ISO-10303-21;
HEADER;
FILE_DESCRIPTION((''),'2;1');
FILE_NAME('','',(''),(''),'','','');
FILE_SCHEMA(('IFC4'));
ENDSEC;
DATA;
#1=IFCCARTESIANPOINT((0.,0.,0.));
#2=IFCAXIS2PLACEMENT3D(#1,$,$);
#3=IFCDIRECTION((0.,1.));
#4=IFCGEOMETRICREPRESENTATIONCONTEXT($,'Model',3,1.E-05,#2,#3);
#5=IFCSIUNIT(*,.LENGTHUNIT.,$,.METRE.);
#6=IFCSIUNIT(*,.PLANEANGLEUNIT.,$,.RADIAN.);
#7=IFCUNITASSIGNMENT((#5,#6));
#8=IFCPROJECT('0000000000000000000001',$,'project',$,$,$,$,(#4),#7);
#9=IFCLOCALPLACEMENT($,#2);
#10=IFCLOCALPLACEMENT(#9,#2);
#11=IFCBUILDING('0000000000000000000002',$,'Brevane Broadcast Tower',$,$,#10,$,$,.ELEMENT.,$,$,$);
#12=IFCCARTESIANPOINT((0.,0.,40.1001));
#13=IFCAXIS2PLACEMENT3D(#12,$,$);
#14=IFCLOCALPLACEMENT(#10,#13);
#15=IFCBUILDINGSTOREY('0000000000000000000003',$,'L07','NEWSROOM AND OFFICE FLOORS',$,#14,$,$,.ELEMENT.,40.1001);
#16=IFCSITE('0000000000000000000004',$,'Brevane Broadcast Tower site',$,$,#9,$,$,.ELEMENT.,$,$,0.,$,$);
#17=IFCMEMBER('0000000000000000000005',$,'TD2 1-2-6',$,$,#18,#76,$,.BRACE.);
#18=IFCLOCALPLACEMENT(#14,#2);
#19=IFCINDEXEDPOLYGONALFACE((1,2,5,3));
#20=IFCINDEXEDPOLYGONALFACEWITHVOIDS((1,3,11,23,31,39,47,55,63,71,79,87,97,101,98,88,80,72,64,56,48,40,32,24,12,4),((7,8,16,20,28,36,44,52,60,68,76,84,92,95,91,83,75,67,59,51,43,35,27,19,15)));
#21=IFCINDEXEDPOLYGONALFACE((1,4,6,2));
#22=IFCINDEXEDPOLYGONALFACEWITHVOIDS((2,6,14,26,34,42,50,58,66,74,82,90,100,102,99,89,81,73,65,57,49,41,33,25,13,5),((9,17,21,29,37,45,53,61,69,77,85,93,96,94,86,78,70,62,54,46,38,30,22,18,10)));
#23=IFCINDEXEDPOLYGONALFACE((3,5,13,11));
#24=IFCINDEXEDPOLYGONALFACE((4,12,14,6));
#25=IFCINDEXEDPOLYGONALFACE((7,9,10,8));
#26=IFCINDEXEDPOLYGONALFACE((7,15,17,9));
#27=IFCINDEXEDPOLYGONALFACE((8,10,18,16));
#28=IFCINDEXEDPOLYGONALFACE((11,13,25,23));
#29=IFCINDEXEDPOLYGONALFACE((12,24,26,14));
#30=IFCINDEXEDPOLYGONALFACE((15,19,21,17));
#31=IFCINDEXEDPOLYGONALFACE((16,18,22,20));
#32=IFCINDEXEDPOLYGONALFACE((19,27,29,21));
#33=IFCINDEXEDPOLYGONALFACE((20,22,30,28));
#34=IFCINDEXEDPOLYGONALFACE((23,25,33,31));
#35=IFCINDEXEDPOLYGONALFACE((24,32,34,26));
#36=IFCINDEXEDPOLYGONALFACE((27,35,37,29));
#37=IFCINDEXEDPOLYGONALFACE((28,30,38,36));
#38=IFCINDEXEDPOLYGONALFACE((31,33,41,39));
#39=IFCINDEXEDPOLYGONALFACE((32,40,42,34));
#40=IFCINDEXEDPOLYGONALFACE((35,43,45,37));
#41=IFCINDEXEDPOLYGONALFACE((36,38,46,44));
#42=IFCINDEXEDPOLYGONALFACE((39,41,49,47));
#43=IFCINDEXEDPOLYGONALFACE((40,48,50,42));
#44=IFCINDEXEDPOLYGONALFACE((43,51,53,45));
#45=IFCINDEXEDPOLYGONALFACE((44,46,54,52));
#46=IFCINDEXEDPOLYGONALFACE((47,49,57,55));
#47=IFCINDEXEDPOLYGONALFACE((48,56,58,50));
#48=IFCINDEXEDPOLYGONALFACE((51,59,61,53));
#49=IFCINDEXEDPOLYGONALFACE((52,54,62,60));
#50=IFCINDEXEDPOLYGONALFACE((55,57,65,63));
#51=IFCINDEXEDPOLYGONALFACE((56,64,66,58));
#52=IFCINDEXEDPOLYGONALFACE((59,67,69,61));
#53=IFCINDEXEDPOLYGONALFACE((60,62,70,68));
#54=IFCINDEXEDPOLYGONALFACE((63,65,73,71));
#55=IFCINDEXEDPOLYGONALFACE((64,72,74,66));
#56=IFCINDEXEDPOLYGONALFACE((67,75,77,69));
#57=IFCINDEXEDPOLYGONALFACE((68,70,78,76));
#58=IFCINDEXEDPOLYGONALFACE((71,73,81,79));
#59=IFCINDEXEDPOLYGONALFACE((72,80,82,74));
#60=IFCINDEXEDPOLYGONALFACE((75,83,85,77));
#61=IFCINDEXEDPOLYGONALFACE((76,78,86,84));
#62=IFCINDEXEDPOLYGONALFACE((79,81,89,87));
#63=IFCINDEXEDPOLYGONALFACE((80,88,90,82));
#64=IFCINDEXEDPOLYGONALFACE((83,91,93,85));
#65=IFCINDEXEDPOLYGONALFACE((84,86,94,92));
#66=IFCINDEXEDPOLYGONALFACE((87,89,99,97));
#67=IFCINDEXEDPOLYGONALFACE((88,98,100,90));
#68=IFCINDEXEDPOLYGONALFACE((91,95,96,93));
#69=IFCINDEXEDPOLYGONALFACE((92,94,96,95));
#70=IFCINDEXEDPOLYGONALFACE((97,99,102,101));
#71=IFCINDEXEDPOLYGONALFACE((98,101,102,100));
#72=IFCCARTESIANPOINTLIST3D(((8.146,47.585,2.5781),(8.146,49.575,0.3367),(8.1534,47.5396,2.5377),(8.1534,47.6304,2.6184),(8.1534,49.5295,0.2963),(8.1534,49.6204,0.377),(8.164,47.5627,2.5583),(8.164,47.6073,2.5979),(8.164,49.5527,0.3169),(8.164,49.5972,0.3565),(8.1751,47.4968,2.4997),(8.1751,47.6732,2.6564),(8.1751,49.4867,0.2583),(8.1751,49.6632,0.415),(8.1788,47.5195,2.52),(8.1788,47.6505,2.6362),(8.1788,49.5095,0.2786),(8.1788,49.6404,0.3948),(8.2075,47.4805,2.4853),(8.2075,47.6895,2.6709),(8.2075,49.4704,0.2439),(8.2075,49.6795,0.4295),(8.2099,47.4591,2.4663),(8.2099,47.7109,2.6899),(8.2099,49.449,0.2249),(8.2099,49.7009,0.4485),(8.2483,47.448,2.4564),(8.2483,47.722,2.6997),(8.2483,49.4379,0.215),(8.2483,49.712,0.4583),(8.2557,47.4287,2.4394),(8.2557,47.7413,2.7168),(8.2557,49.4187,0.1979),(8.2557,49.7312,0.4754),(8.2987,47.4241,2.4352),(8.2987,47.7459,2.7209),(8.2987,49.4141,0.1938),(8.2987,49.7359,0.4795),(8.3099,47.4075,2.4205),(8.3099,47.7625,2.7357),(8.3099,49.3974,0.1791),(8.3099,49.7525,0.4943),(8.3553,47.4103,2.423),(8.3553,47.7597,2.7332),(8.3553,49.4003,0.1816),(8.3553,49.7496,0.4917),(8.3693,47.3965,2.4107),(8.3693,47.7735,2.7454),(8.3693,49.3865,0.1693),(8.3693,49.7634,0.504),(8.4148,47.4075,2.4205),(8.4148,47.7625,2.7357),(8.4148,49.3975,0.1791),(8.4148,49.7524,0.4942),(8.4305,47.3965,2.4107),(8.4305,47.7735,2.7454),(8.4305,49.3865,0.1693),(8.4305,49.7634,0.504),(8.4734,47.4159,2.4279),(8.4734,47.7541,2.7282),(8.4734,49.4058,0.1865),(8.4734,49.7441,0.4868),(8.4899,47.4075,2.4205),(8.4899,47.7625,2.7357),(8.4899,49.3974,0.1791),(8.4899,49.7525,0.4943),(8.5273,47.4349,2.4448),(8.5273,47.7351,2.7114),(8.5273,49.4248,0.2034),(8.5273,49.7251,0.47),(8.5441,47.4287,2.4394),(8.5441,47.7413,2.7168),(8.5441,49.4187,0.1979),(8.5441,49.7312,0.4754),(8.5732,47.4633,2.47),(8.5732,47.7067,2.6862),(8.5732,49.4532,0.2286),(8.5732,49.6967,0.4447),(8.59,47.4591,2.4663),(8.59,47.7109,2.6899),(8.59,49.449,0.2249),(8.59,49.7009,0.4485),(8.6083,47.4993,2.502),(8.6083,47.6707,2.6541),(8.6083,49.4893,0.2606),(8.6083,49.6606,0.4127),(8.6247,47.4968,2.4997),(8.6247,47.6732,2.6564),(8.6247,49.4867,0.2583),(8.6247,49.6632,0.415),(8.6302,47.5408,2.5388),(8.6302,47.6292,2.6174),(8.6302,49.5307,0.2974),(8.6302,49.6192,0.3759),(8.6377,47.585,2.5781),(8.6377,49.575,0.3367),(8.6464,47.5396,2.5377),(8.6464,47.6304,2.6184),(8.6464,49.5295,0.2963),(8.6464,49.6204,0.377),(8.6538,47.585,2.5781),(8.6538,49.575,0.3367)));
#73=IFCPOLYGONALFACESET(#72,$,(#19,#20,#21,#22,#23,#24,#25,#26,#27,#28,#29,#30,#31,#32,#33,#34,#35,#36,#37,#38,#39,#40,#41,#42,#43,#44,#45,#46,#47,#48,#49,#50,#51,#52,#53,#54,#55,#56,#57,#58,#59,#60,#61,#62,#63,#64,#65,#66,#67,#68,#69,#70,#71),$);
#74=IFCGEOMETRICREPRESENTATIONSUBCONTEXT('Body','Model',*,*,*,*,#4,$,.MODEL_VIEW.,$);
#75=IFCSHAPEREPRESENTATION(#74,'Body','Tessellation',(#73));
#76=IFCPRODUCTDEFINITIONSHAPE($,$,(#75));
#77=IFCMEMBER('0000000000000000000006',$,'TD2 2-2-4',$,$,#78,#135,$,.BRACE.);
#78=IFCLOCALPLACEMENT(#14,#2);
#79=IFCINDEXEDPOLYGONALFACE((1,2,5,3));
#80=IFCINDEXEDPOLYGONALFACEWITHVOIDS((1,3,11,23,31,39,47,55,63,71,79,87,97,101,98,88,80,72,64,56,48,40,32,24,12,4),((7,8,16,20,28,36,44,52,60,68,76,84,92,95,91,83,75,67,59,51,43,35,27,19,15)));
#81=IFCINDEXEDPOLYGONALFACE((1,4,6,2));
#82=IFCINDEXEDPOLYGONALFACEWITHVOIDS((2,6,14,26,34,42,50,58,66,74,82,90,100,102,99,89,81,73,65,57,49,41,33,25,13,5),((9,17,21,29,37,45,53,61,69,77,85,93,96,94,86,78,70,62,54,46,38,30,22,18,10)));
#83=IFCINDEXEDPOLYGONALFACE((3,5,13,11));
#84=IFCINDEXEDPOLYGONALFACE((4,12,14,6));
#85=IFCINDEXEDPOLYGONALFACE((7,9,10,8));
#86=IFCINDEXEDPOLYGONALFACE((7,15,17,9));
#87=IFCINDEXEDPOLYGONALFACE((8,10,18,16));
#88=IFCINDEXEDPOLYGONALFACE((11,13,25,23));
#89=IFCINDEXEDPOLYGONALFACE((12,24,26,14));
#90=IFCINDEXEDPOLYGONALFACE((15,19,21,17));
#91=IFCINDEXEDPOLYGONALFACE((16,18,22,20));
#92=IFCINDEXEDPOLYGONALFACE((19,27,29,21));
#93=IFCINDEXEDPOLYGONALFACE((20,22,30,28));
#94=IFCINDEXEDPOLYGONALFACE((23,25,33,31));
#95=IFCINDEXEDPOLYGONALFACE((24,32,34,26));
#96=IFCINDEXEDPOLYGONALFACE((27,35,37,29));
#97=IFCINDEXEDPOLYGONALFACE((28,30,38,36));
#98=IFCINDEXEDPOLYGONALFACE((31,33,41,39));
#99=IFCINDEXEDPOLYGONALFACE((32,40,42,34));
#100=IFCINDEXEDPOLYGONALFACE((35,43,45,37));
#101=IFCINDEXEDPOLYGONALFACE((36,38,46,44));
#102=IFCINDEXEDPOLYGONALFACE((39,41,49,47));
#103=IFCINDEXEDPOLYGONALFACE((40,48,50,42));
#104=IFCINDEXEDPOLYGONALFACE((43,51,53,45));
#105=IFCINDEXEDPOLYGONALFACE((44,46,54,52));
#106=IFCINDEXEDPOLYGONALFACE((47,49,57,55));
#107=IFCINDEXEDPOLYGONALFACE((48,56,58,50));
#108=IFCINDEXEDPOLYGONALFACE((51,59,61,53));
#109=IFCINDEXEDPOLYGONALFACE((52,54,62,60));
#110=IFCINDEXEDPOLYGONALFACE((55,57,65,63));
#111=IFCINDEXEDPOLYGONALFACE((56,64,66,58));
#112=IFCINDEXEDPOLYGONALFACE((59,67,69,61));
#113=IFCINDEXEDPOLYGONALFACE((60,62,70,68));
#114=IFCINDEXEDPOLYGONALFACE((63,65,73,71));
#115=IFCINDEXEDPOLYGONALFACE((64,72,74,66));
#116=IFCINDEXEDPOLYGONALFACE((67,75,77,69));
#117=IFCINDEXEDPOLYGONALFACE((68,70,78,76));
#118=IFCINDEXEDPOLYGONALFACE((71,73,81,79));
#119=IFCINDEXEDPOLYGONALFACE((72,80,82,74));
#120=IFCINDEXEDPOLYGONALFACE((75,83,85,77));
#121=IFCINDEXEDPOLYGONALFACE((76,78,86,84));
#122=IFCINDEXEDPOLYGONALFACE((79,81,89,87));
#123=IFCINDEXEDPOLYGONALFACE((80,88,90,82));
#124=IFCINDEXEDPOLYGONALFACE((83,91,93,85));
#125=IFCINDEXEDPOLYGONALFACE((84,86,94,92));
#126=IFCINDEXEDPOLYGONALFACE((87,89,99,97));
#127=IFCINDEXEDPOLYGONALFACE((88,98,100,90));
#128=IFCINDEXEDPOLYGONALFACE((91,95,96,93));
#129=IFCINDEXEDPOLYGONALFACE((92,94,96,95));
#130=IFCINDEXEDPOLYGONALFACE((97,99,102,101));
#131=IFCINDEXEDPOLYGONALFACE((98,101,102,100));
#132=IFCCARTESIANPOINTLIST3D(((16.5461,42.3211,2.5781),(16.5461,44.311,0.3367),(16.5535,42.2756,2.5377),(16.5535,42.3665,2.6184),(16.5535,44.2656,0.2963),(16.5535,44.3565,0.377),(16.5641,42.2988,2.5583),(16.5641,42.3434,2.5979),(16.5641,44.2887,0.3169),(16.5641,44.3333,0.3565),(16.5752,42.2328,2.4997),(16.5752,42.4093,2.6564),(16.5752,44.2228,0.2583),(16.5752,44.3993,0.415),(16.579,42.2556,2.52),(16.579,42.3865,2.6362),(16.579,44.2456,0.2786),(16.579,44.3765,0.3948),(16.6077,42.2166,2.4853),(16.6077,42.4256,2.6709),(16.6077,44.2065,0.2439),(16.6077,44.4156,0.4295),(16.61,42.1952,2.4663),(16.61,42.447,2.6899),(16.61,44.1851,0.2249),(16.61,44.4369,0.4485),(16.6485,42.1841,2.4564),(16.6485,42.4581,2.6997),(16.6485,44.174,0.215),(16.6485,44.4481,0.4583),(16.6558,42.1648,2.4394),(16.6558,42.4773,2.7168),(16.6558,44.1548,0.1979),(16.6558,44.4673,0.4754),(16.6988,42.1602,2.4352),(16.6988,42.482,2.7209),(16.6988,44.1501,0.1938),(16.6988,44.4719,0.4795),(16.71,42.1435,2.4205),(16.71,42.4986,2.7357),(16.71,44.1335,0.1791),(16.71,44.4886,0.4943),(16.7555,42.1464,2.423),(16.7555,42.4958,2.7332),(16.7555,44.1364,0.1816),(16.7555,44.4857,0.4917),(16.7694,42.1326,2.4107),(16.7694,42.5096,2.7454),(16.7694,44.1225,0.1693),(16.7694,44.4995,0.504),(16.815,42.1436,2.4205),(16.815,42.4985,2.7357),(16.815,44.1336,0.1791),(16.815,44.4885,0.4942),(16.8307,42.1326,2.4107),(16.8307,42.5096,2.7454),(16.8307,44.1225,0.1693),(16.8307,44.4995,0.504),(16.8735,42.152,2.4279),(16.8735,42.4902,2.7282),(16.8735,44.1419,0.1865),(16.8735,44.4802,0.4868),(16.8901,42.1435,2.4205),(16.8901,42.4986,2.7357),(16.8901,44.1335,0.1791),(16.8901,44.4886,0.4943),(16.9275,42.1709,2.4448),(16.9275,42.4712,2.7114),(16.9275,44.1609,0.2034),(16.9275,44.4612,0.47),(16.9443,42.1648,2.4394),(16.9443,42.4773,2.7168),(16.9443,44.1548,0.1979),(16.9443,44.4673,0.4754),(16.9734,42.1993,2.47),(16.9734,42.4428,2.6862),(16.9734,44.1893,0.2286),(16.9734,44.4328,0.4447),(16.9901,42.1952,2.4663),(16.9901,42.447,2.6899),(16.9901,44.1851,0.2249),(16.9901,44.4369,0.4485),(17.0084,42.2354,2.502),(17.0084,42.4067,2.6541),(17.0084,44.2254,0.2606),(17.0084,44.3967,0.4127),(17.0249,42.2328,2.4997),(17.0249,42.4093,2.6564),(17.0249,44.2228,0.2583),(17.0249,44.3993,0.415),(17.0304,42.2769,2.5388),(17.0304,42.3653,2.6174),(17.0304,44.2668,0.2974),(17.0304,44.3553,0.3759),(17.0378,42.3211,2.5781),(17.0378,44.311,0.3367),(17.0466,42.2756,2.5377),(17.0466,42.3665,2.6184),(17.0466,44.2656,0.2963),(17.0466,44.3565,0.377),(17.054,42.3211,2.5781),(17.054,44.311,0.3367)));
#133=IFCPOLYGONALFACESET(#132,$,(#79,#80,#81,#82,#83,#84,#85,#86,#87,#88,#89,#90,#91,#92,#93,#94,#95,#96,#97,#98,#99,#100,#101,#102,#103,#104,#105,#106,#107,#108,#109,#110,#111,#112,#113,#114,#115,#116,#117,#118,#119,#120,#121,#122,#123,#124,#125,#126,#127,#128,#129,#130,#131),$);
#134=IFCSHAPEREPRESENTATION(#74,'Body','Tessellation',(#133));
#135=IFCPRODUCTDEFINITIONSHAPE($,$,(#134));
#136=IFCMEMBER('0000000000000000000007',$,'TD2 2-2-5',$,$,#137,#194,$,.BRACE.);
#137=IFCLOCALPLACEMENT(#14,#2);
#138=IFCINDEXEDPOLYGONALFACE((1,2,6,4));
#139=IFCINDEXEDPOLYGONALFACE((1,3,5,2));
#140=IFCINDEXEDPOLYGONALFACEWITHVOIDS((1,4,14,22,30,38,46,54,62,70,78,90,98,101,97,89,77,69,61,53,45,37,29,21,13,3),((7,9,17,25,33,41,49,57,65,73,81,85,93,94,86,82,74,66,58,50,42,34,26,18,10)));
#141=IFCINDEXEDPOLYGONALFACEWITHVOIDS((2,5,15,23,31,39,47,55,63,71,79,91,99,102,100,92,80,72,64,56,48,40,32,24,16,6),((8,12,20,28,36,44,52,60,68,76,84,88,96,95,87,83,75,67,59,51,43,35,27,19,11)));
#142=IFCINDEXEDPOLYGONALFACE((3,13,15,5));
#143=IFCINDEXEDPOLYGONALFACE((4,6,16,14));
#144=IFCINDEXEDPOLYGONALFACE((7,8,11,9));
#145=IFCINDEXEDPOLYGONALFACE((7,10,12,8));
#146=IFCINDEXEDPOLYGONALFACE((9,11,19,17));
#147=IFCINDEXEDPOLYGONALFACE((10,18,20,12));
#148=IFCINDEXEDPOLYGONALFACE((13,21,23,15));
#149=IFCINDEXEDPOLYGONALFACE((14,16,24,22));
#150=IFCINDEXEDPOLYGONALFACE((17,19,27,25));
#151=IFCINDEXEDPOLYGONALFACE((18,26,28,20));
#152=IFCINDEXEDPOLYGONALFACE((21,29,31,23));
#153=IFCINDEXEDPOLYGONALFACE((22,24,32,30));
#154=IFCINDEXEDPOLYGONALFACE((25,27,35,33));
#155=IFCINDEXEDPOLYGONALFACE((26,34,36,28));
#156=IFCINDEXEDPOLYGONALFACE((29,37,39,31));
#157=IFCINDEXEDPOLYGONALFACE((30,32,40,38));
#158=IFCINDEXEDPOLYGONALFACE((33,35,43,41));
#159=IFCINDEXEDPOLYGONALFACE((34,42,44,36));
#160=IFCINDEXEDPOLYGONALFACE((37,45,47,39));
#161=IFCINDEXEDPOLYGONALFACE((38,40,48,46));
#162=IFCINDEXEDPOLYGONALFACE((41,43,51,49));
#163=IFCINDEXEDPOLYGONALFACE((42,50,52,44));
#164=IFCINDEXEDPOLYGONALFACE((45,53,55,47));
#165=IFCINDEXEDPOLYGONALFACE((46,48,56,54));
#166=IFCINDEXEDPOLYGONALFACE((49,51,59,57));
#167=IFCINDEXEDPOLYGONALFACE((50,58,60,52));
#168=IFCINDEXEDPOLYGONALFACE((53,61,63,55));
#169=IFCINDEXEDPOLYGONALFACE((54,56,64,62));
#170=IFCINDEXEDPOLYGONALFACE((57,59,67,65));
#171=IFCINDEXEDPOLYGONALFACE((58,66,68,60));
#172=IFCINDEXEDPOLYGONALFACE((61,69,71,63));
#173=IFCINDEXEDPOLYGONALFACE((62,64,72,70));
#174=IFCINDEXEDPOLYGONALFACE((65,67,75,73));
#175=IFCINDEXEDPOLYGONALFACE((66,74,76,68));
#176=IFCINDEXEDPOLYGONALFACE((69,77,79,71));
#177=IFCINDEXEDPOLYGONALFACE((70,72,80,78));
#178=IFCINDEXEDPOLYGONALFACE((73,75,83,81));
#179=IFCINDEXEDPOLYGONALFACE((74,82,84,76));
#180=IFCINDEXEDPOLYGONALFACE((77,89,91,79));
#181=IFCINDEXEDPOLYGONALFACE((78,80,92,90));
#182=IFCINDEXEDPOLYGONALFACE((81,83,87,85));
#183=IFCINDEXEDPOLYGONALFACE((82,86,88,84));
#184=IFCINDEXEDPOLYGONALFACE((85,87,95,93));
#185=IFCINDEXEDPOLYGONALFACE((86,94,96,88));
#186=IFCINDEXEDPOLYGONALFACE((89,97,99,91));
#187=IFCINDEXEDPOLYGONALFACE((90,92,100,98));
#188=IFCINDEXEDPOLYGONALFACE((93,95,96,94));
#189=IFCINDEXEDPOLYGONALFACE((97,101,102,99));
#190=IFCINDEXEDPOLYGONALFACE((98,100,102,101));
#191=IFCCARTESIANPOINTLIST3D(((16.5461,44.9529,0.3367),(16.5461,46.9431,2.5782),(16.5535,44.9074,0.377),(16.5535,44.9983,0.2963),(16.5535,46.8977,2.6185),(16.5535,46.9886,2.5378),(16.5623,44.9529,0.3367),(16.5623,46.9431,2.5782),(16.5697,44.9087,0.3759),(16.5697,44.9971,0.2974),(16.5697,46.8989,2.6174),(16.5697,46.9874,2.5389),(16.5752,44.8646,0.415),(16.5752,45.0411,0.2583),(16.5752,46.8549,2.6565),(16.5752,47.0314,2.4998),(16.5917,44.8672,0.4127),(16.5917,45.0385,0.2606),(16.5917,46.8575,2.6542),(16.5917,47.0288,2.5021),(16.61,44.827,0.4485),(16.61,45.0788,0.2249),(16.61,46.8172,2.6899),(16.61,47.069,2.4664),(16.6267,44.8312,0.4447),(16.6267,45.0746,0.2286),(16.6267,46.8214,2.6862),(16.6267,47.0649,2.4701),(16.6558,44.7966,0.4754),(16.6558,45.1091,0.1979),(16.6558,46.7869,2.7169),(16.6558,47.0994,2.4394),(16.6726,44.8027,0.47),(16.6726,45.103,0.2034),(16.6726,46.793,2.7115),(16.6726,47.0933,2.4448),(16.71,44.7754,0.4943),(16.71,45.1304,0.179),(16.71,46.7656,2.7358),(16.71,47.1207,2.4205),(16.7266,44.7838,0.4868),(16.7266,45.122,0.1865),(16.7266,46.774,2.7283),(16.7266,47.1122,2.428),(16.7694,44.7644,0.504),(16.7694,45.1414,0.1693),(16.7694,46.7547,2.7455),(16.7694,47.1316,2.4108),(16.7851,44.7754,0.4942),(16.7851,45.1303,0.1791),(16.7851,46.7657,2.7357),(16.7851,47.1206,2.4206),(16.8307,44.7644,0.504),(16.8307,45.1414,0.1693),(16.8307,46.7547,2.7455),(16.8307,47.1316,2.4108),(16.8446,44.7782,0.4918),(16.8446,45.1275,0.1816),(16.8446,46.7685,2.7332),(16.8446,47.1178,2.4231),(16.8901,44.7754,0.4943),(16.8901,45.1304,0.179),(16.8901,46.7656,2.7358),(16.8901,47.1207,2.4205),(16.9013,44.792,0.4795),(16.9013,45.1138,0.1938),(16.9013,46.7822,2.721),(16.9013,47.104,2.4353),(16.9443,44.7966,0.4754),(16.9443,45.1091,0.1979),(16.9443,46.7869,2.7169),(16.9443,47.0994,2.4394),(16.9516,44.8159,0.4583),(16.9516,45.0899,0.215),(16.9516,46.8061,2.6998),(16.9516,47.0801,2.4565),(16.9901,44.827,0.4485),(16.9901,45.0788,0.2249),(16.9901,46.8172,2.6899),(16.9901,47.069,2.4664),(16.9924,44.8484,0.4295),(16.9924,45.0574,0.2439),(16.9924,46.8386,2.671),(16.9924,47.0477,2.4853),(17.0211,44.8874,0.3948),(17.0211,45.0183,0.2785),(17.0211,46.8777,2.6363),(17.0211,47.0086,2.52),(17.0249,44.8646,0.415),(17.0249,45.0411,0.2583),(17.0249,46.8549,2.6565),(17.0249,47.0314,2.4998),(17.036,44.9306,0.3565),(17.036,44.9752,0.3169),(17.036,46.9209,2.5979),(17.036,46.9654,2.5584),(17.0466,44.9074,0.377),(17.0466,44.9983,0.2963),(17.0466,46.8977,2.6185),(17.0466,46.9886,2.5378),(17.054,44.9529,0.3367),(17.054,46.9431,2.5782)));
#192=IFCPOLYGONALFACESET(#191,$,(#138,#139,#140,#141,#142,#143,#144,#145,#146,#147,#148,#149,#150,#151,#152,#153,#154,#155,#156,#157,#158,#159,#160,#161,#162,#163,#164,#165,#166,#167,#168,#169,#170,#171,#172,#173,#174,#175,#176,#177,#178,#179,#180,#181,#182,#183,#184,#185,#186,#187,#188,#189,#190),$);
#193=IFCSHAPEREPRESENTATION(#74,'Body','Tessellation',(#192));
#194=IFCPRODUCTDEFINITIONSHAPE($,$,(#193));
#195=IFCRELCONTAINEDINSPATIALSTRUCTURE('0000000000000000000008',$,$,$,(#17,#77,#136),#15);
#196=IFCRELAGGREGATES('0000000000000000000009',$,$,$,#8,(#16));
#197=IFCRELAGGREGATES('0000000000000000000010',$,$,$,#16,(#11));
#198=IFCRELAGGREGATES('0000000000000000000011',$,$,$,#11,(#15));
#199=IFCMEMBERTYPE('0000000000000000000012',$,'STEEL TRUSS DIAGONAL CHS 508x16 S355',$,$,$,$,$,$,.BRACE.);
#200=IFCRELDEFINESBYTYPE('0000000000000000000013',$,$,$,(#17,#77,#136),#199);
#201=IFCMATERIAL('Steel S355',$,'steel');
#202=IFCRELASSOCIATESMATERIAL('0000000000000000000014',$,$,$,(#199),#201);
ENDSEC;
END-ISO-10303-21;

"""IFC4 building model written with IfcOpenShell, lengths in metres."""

from ifc_helpers import new_model, si_unit, direction, frame, origin, origin_2d, place, context, subcontext, project, spatial, hollow_circle, extrude, material, material_profile, profile_set, type_object, element, save


model = new_model("IFC4")

# Units and contexts
model_context = context("Model", 3, precision=1e-05, world=origin(), true_north=direction((0.0, 1.0)))
body_context = subcontext(model_context, "Body", "Model", "MODEL_VIEW")
ifc_project = project(units=[si_unit("LENGTHUNIT", "METRE"), si_unit("PLANEANGLEUNIT", "RADIAN")], contexts=[model_context])

# Site, building, storey
site_placement = place(None, origin())
site = spatial("IfcSite", under=ifc_project, at=site_placement, Name="Brevane Broadcast Tower site", CompositionType="ELEMENT", RefElevation=0.0)
building_placement = place(site_placement, origin())
building = spatial("IfcBuilding", under=site, at=building_placement, Name="Brevane Broadcast Tower", CompositionType="ELEMENT")
storey_placement = place(building_placement, frame((0.0, 0.0, 40.1001)))
storey = spatial("IfcBuildingStorey", under=building, at=storey_placement, Name="L07", Description="NEWSROOM AND OFFICE FLOORS", CompositionType="ELEMENT", Elevation=40.1001)

# Shared definitions
ifc_material_1 = material(Name="Steel S355", Category="steel")

# Members
ifc_material_profile_1 = material_profile(ifc_material_1, hollow_circle(Radius=0.2539, WallThickness=0.0161, at=origin_2d()), Name="CHS 508x16")
ifc_profile_set_1 = profile_set([ifc_material_profile_1], Name="Steel S355")
member_type_1 = type_object("IfcMemberType", Name="STEEL TRUSS DIAGONAL CHS 508x16 S355", PredefinedType="BRACE", material=ifc_profile_set_1)
for number, where, z_axis, x_axis, name in (
    (1, (8.3999, 49.575, 0.3367), (0.0, -0.663914, 0.747809), (1.0, 0.0, 0.0), "TD2 1-2-6"),
    (2, (16.8, 44.311, 0.3367), (0.0, -0.663914, 0.747809), (1.0, 0.0, 0.0), "TD2 2-2-4"),
):
    element("IfcMember", number, at=place(storey_placement, frame(where, z_axis=z_axis, x_axis=x_axis)), inside=storey, type_object=member_type_1, Name=name, PredefinedType="BRACE", context=body_context, shape_type="SweptSolid", body=[
        extrude(hollow_circle(Radius=0.2539, WallThickness=0.0161, at=origin_2d()), origin(), (0.0, 0.0, 1.0), 2.9973),
    ])
member_1_placement = place(storey_placement, frame((16.8, 44.9529, 0.3367), z_axis=(0.0, 0.663959, 0.747769), x_axis=(-1.0, 0.0, 0.0)))
element("IfcMember", 3, at=member_1_placement, inside=storey, type_object=member_type_1, Name="TD2 2-2-5", PredefinedType="BRACE", context=body_context, shape_type="SweptSolid", body=[
    extrude(hollow_circle(Radius=0.2539, WallThickness=0.0161, at=origin_2d()), origin(), (0.0, 0.0, 1.0), 2.9976),
])

save(model, "model.ifc")
